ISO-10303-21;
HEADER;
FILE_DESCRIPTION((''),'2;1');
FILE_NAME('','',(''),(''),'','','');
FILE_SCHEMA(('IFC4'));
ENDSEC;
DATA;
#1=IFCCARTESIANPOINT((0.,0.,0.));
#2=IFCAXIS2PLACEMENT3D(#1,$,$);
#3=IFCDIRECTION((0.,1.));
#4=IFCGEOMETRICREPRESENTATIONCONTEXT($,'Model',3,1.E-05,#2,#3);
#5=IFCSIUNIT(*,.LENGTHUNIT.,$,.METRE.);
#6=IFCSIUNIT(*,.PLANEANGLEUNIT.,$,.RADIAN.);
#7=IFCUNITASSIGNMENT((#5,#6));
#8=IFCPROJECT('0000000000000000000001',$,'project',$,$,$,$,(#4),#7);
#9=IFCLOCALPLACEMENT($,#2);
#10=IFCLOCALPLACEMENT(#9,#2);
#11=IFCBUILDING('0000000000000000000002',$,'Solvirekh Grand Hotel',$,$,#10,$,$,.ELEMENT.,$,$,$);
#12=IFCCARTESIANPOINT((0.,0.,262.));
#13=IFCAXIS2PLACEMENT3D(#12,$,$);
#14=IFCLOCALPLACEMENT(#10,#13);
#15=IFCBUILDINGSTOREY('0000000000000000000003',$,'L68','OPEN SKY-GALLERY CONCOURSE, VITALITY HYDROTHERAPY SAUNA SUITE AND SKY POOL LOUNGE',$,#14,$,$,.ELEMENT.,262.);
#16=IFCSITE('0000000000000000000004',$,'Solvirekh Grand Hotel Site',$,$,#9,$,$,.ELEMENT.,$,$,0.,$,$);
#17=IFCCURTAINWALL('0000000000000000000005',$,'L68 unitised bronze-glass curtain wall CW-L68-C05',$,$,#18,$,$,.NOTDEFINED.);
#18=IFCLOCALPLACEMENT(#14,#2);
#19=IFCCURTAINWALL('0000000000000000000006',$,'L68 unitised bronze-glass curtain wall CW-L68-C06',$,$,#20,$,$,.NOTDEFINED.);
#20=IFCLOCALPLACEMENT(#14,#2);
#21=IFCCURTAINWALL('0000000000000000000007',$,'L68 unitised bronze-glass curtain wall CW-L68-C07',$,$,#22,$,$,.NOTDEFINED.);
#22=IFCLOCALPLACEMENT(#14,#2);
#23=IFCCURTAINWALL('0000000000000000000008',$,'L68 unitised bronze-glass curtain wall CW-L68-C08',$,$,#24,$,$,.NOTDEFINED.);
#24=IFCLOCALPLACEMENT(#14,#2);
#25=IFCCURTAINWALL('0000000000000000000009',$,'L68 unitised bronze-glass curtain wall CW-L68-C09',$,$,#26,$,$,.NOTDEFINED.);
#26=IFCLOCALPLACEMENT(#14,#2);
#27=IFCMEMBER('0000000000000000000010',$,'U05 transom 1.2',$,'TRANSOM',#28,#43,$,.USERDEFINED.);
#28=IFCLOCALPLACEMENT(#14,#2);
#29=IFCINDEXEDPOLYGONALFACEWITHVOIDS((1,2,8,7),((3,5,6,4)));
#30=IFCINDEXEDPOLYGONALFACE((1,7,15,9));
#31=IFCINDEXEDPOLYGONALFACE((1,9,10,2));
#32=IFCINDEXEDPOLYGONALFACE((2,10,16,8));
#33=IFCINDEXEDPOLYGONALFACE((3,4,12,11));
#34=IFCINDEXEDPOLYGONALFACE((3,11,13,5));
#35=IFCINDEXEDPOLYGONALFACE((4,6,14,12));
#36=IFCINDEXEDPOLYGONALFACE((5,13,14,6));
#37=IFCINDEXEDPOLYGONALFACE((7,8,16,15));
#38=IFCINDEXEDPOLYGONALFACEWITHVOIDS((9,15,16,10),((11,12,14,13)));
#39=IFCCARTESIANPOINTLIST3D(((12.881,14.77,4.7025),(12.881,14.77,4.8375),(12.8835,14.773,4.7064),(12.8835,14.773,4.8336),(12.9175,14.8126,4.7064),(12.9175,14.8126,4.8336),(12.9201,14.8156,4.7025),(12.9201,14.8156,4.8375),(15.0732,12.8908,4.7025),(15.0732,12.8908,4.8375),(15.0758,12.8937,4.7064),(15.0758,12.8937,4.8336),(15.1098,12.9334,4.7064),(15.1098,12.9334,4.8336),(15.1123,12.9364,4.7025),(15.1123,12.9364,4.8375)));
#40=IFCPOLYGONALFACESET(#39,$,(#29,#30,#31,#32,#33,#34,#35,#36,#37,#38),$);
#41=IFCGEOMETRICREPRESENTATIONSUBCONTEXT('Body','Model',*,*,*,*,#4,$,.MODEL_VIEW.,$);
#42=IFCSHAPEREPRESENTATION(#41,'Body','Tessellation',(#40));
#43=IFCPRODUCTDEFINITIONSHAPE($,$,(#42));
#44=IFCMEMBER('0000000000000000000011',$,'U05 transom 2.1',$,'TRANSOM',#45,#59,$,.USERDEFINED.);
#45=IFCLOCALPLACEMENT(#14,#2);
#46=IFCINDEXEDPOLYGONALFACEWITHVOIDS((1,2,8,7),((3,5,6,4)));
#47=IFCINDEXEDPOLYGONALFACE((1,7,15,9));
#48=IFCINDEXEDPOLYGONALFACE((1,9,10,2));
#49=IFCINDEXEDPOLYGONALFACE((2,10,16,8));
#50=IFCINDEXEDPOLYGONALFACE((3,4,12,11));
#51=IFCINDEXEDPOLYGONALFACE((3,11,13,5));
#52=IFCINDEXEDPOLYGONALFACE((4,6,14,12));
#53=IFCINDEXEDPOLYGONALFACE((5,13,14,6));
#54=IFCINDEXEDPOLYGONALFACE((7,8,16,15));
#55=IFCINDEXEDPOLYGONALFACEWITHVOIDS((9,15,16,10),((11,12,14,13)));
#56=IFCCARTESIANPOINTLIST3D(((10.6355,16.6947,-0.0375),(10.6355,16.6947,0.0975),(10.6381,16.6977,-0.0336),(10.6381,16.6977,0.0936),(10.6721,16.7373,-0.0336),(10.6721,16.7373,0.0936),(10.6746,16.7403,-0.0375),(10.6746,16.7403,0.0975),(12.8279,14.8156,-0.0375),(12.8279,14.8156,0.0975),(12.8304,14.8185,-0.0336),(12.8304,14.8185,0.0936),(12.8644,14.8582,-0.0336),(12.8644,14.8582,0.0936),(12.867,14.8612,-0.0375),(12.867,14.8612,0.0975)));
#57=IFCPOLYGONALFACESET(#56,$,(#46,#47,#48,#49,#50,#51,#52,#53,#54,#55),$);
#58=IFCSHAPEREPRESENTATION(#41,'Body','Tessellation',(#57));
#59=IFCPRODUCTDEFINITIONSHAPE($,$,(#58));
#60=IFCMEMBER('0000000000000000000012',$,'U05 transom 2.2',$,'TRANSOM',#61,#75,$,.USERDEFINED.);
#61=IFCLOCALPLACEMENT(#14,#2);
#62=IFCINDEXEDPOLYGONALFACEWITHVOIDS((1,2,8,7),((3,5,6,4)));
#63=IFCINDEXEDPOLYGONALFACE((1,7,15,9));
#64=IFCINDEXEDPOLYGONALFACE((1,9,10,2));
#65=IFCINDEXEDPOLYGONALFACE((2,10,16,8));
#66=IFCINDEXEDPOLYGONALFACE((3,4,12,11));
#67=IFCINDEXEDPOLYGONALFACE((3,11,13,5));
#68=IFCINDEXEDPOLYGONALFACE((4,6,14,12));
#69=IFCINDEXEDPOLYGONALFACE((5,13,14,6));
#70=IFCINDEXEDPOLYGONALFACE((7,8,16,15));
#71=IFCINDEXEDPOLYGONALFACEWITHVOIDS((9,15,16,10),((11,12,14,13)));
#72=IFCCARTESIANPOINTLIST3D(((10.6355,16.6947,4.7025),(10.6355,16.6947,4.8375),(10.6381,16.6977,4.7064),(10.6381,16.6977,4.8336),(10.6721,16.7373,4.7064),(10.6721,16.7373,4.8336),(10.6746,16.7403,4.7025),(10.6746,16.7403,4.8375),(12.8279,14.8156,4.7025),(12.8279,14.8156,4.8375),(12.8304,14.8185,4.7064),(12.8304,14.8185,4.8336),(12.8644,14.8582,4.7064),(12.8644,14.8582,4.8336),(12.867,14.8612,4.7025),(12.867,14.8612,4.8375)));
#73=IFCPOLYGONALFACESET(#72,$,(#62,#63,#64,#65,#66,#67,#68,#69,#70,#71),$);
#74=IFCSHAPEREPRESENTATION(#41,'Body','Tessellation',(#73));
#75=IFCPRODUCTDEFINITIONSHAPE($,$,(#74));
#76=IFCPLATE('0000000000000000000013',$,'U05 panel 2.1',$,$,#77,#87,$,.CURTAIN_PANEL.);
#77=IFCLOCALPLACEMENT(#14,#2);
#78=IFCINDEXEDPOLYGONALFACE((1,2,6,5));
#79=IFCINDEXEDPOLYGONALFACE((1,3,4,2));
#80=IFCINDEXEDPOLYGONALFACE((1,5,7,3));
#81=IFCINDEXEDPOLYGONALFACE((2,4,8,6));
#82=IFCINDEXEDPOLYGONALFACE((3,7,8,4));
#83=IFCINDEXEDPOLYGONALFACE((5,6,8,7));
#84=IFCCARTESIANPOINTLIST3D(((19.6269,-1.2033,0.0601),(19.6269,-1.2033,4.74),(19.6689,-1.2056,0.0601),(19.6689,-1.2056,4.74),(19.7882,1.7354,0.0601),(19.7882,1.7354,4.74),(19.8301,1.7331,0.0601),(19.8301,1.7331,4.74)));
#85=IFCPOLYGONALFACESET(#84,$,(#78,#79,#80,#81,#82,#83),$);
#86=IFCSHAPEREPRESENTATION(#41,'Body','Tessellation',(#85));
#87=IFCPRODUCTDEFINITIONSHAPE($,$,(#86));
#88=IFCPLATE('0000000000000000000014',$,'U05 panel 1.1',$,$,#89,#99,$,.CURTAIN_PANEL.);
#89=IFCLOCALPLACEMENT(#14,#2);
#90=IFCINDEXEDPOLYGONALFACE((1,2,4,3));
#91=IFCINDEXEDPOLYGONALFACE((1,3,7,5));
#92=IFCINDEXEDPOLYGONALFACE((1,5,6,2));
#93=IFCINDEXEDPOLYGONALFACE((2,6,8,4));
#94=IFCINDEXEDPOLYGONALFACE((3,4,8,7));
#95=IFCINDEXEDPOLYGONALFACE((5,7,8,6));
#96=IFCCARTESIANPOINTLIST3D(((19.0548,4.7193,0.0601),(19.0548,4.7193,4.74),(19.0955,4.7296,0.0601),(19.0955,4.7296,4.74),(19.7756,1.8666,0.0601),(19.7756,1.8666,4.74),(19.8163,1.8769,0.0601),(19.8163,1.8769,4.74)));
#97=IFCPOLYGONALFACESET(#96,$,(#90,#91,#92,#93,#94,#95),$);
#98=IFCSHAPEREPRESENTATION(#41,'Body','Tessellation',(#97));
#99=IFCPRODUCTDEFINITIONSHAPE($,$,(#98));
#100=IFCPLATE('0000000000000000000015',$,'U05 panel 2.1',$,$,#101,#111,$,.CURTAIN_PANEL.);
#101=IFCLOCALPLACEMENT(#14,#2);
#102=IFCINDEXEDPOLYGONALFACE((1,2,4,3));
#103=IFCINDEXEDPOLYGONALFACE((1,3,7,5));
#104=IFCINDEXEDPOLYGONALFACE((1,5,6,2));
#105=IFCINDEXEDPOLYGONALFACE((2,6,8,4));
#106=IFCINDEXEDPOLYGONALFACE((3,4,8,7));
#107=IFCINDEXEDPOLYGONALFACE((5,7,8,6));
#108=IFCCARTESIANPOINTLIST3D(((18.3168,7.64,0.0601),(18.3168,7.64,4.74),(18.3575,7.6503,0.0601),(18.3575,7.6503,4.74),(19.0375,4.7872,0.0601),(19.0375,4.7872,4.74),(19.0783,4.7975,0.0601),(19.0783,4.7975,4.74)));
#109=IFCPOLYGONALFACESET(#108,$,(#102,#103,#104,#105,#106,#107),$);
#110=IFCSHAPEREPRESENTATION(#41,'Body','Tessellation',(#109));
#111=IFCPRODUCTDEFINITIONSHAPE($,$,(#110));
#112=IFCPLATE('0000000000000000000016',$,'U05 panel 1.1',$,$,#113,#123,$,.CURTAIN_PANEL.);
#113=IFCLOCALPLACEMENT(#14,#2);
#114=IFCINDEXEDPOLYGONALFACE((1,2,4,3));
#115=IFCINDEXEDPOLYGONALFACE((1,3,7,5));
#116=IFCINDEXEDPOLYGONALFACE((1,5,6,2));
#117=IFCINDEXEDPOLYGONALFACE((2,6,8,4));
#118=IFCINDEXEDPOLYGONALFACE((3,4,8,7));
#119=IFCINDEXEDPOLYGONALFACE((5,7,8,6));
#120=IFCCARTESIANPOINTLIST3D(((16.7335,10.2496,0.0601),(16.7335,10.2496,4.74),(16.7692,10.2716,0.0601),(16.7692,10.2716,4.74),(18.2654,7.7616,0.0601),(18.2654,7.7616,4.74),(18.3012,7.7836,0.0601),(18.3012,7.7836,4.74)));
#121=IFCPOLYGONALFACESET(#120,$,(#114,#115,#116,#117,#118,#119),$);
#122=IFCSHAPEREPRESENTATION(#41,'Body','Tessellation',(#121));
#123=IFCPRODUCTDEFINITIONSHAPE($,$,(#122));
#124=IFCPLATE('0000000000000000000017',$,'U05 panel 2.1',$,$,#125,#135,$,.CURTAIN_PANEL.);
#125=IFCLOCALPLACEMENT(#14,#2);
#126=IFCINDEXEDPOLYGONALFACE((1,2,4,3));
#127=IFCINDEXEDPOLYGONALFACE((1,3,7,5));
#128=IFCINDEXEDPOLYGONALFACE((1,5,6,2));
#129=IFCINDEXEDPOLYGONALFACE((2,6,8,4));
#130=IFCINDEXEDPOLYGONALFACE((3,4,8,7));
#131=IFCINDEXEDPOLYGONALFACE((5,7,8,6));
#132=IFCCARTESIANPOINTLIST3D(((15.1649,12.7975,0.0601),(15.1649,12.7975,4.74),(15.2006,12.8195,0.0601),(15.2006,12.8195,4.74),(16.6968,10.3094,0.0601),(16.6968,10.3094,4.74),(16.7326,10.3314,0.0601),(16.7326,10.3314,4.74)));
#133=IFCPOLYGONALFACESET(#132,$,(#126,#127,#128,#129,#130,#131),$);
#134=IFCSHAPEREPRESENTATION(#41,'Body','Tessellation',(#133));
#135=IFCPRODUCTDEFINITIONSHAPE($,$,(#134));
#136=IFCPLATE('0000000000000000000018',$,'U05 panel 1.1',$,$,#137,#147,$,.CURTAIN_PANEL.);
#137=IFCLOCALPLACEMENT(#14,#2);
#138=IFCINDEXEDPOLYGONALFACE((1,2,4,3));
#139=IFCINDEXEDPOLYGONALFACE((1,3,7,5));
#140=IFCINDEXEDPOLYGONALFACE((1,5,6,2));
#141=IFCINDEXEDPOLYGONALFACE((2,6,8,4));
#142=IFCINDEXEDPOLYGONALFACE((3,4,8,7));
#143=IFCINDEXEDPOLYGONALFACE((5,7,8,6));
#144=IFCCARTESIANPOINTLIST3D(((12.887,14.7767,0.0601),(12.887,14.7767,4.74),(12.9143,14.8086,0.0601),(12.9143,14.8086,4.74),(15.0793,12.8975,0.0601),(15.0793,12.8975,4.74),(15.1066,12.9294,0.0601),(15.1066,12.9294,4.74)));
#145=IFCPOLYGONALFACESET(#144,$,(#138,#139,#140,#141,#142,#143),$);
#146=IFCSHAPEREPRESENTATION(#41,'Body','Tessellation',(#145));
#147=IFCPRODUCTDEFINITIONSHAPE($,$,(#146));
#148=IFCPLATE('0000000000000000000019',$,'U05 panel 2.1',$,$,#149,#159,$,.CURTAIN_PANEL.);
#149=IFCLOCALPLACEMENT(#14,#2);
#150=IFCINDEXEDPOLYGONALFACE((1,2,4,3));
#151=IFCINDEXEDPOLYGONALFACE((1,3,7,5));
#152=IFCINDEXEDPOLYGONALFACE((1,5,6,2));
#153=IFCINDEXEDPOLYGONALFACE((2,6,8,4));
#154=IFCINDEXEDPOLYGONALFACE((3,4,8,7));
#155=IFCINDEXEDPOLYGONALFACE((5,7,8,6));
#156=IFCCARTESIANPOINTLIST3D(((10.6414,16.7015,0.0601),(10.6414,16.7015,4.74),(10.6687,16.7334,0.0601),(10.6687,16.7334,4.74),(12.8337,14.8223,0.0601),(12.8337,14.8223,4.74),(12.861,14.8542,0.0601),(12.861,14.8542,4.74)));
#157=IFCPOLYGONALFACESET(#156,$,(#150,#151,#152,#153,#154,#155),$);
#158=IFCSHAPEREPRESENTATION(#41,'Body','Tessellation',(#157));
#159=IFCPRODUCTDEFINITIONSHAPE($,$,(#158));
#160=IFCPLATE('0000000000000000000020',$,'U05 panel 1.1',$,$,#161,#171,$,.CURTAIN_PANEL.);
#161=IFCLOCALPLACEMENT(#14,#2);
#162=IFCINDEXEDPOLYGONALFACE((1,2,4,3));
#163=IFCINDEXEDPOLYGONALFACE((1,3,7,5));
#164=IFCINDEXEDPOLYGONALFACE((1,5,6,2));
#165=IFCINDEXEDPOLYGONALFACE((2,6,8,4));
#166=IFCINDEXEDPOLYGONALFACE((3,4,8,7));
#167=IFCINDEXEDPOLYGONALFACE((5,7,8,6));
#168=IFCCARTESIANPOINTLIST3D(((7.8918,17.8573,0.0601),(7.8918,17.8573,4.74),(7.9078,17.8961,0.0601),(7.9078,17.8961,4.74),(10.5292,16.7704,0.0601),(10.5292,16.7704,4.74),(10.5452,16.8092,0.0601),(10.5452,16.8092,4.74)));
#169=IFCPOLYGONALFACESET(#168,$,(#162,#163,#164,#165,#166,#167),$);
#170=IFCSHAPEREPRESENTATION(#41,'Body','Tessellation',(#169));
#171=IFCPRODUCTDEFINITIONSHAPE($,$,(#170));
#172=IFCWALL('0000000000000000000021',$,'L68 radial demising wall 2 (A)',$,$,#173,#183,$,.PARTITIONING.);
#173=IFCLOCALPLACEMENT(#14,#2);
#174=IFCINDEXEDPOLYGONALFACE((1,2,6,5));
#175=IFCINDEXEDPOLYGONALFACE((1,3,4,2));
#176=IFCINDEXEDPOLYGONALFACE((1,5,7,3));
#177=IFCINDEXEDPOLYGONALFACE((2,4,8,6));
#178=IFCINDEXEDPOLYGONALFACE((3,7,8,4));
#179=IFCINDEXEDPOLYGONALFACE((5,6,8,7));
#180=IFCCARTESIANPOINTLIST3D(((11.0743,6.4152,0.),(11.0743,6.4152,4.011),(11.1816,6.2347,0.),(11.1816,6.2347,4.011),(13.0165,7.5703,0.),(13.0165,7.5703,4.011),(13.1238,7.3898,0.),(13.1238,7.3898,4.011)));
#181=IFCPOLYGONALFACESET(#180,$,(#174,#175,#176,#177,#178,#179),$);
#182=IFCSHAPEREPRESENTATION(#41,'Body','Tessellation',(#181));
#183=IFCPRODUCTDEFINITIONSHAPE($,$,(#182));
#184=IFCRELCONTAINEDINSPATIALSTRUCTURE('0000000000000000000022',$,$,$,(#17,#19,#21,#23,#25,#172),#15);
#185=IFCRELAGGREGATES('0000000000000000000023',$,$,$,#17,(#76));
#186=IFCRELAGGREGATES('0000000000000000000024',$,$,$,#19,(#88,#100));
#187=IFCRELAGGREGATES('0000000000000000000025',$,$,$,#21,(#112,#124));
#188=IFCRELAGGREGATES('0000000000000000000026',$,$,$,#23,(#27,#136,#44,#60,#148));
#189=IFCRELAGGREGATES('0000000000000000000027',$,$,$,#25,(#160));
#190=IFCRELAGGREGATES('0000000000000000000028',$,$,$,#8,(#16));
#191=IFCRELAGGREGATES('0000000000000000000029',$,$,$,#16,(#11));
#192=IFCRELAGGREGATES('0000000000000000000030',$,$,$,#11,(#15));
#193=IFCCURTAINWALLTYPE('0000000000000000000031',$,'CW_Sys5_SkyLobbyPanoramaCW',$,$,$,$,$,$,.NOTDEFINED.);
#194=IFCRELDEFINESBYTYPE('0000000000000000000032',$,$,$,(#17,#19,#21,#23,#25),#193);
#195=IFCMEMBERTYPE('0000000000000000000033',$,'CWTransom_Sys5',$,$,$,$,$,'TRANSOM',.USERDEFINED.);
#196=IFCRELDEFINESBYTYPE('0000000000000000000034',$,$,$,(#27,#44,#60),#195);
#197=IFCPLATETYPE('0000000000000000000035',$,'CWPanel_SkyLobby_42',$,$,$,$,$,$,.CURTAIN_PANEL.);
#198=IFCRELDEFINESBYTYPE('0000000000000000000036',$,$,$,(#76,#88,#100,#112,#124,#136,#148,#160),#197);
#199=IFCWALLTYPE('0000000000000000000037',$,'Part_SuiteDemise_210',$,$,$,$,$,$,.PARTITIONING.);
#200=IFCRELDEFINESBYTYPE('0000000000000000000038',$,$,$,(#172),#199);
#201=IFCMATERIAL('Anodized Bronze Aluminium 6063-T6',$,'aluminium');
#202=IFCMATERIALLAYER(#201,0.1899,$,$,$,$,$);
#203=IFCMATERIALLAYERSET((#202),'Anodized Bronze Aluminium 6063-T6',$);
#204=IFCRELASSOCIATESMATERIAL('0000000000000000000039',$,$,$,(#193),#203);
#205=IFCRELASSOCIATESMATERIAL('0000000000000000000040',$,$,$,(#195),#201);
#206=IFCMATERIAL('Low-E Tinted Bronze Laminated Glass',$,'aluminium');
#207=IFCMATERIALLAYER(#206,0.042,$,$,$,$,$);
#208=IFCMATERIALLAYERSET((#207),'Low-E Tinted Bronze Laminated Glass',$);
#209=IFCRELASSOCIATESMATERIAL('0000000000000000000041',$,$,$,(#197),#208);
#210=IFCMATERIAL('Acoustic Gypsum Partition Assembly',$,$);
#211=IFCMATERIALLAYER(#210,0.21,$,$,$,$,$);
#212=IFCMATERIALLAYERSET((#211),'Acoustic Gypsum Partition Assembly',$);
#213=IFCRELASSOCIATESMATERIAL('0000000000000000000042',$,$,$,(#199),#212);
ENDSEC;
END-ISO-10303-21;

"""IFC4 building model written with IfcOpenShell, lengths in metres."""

from ifc_helpers import new_model, si_unit, direction, frame, frame_2d, origin, origin_2d, place, context, subcontext, project, spatial, rectangle, hollow_rectangle, extrude, source, transform, mapped, material, layer, layer_set, material_profile, profile_set, type_object, element, aggregate, save


model = new_model("IFC4")

# Units and contexts
model_context = context("Model", 3, precision=1e-05, world=origin(), true_north=direction((0.0, 1.0)))
body_context = subcontext(model_context, "Body", "Model", "MODEL_VIEW")
ifc_project = project(units=[si_unit("LENGTHUNIT", "METRE"), si_unit("PLANEANGLEUNIT", "RADIAN")], contexts=[model_context])

# Site, building, storey
site_placement = place(None, origin())
site = spatial("IfcSite", under=ifc_project, at=site_placement, Name="Solvirekh Grand Hotel Site", CompositionType="ELEMENT", RefElevation=0.0)
building_placement = place(site_placement, origin())
building = spatial("IfcBuilding", under=site, at=building_placement, Name="Solvirekh Grand Hotel", CompositionType="ELEMENT")
storey_placement = place(building_placement, frame((0.0, 0.0, 262.0)))
storey = spatial("IfcBuildingStorey", under=building, at=storey_placement, Name="L68", Description="OPEN SKY-GALLERY CONCOURSE, VITALITY HYDROTHERAPY SAUNA SUITE AND SKY POOL LOUNGE", CompositionType="ELEMENT", Elevation=262.0)

# Curtain wall
ifc_material_1 = material(Name="Anodized Bronze Aluminium 6063-T6", Category="aluminium")
ifc_layer_1 = layer(ifc_material_1, 0.1899)
ifc_layer_set_1 = layer_set([ifc_layer_1], Name="Anodized Bronze Aluminium 6063-T6")
curtain_wall_type = type_object("IfcCurtainWallType", Name="CW_Sys5_SkyLobbyPanoramaCW", PredefinedType="NOTDEFINED", material=ifc_layer_set_1)
curtain_wall_1_placement = place(storey_placement, origin())
curtain_wall_1 = element("IfcCurtainWall", 1, at=curtain_wall_1_placement, inside=storey, type_object=curtain_wall_type, Name="L68 unitised bronze-glass curtain wall CW-L68-C05", PredefinedType="NOTDEFINED")

# Curtain walls
curtain_wall_2_placement = place(storey_placement, origin())
curtain_wall_2 = element("IfcCurtainWall", 2, at=curtain_wall_2_placement, inside=storey, type_object=curtain_wall_type, Name="L68 unitised bronze-glass curtain wall CW-L68-C06", PredefinedType="NOTDEFINED")
curtain_wall_3_placement = place(storey_placement, origin())
curtain_wall_3 = element("IfcCurtainWall", 3, at=curtain_wall_3_placement, inside=storey, type_object=curtain_wall_type, Name="L68 unitised bronze-glass curtain wall CW-L68-C07", PredefinedType="NOTDEFINED")
curtain_wall_4_placement = place(storey_placement, origin())
curtain_wall_4 = element("IfcCurtainWall", 4, at=curtain_wall_4_placement, inside=storey, type_object=curtain_wall_type, Name="L68 unitised bronze-glass curtain wall CW-L68-C08", PredefinedType="NOTDEFINED")
curtain_wall_5_placement = place(storey_placement, origin())
curtain_wall_5 = element("IfcCurtainWall", 5, at=curtain_wall_5_placement, inside=storey, type_object=curtain_wall_type, Name="L68 unitised bronze-glass curtain wall CW-L68-C09", PredefinedType="NOTDEFINED")
ifc_material_profile_1 = material_profile(ifc_material_1, hollow_rectangle(XDim=0.0601, YDim=0.135, WallThickness=0.0039, at=origin_2d()), Name="ALU RHS 135X60X4")
ifc_profile_set_1 = profile_set([ifc_material_profile_1], Name="Anodized Bronze Aluminium 6063-T6")
member_type_1 = type_object("IfcMemberType", Name="CWTransom_Sys5", ElementType="TRANSOM", PredefinedType="USERDEFINED", material=ifc_profile_set_1)

# Members
shared_shape_1 = source(origin(), body_context, "Body", "SweptSolid", [
    extrude(hollow_rectangle(XDim=0.0601, YDim=0.135, WallThickness=0.0039, at=origin_2d()), origin(), (0.0, 0.0, 1.0), 2.8875),
])
member_1_placement = place(storey_placement, frame((15.0928, 12.9136, 4.77), z_axis=(-0.759227, 0.650826, 0.0), x_axis=(-0.650826, -0.759227, 0.0)))
member_1 = element("IfcMember", 6, at=member_1_placement, type_object=member_type_1, Name="U05 transom 1.2", ObjectType="TRANSOM", PredefinedType="USERDEFINED", context=body_context, shape_type="MappedRepresentation", body=[
    mapped(shared_shape_1, transform((0.0, 0.0, 0.0), x_axis=(1.0, 0.0, 0.0), y_axis=(0.0, 1.0, 0.0), z_axis=(0.0, 0.0, 1.0), scale=1.0)),
])
member_2_placement = place(storey_placement, frame((12.8474, 14.8384, 0.03), z_axis=(-0.759263, 0.650784, 0.0), x_axis=(-0.650784, -0.759263, 0.0)))
member_2 = element("IfcMember", 7, at=member_2_placement, type_object=member_type_1, Name="U05 transom 2.1", ObjectType="TRANSOM", PredefinedType="USERDEFINED", context=body_context, shape_type="MappedRepresentation", body=[
    mapped(shared_shape_1, transform((0.0, 0.0, 0.0), x_axis=(1.0, 0.0, 0.0), y_axis=(0.0, 1.0, 0.0), z_axis=(0.0, 0.0, 1.0), scale=1.0)),
])
member_3_placement = place(storey_placement, frame((12.8474, 14.8384, 4.77), z_axis=(-0.759263, 0.650784, 0.0), x_axis=(-0.650784, -0.759263, 0.0)))
member_3 = element("IfcMember", 8, at=member_3_placement, type_object=member_type_1, Name="U05 transom 2.2", ObjectType="TRANSOM", PredefinedType="USERDEFINED", context=body_context, shape_type="MappedRepresentation", body=[
    mapped(shared_shape_1, transform((0.0, 0.0, 0.0), x_axis=(1.0, 0.0, 0.0), y_axis=(0.0, 1.0, 0.0), z_axis=(0.0, 0.0, 1.0), scale=1.0)),
])

# Plates
ifc_material_2 = material(Name="Low-E Tinted Bronze Laminated Glass", Category="aluminium")
ifc_layer_2 = layer(ifc_material_2, 0.042)
ifc_layer_set_2 = layer_set([ifc_layer_2], Name="Low-E Tinted Bronze Laminated Glass")
plate_type = type_object("IfcPlateType", Name="CWPanel_SkyLobby_42", PredefinedType="CURTAIN_PANEL", material=ifc_layer_set_2)
shared_shape_2 = source(origin(), body_context, "Body", "SweptSolid", [
    extrude(rectangle(XDim=2.9431, YDim=0.042, at=origin_2d()), origin(), (0.0, 0.0, 1.0), 4.6799),
])
plate_1_placement = place(storey_placement, frame((19.7285, 0.2649, 0.0601), z_axis=(0.0, 0.0, 1.0), x_axis=(0.054789, 0.998498, 0.0)))
plate_1 = element("IfcPlate", 9, at=plate_1_placement, type_object=plate_type, Name="U05 panel 2.1", PredefinedType="CURTAIN_PANEL", context=body_context, shape_type="MappedRepresentation", body=[
    mapped(shared_shape_2, transform((0.0, 0.0, 0.0), x_axis=(1.0, 0.0, 0.0), y_axis=(0.0, 1.0, 0.0), z_axis=(0.0, 0.0, 1.0), scale=1.0)),
])
aggregate(curtain_wall_1, [plate_1])
shared_shape_3 = source(origin(), body_context, "Body", "SweptSolid", [
    extrude(rectangle(XDim=2.9424, YDim=0.042, at=origin_2d()), origin(), (0.0, 0.0, 1.0), 4.6799),
])
plate_2_placement = place(storey_placement, frame((19.4355, 3.2981, 0.0601), z_axis=(0.0, 0.0, 1.0), x_axis=(-0.244967, 0.969531, 0.0)))
plate_2 = element("IfcPlate", 10, at=plate_2_placement, type_object=plate_type, Name="U05 panel 1.1", PredefinedType="CURTAIN_PANEL", context=body_context, shape_type="MappedRepresentation", body=[
    mapped(shared_shape_3, transform((0.0, 0.0, 0.0), x_axis=(1.0, 0.0, 0.0), y_axis=(0.0, 1.0, 0.0), z_axis=(0.0, 0.0, 1.0), scale=1.0)),
])
plate_3_placement = place(storey_placement, frame((18.6975, 6.2188, 0.0601), z_axis=(0.0, 0.0, 1.0), x_axis=(-0.244967, 0.969531, 0.0)))
plate_3 = element("IfcPlate", 11, at=plate_3_placement, type_object=plate_type, Name="U05 panel 2.1", PredefinedType="CURTAIN_PANEL", context=body_context, shape_type="MappedRepresentation", body=[
    mapped(shared_shape_3, transform((0.0, 0.0, 0.0), x_axis=(1.0, 0.0, 0.0), y_axis=(0.0, 1.0, 0.0), z_axis=(0.0, 0.0, 1.0), scale=1.0)),
])
aggregate(curtain_wall_2, [plate_2, plate_3])
shared_shape_4 = source(origin(), body_context, "Body", "SweptSolid", [
    extrude(rectangle(XDim=2.9219, YDim=0.042, at=origin_2d()), origin(), (0.0, 0.0, 1.0), 4.6799),
])
plate_4_placement = place(storey_placement, frame((17.5173, 9.0166, 0.0601), z_axis=(0.0, 0.0, 1.0), x_axis=(-0.5243, 0.851534, 0.0)))
plate_4 = element("IfcPlate", 12, at=plate_4_placement, type_object=plate_type, Name="U05 panel 1.1", PredefinedType="CURTAIN_PANEL", context=body_context, shape_type="MappedRepresentation", body=[
    mapped(shared_shape_4, transform((0.0, 0.0, 0.0), x_axis=(1.0, 0.0, 0.0), y_axis=(0.0, 1.0, 0.0), z_axis=(0.0, 0.0, 1.0), scale=1.0)),
])
plate_5_placement = place(storey_placement, frame((15.9487, 11.5645, 0.0601), z_axis=(0.0, 0.0, 1.0), x_axis=(-0.5243, 0.851534, 0.0)))
plate_5 = element("IfcPlate", 13, at=plate_5_placement, type_object=plate_type, Name="U05 panel 2.1", PredefinedType="CURTAIN_PANEL", context=body_context, shape_type="MappedRepresentation", body=[
    mapped(shared_shape_4, transform((0.0, 0.0, 0.0), x_axis=(1.0, 0.0, 0.0), y_axis=(0.0, 1.0, 0.0), z_axis=(0.0, 0.0, 1.0), scale=1.0)),
])
aggregate(curtain_wall_3, [plate_4, plate_5])
shared_shape_5 = source(origin(), body_context, "Body", "SweptSolid", [
    extrude(rectangle(XDim=2.8875, YDim=0.042, at=origin_2d()), origin(), (0.0, 0.0, 1.0), 4.6799),
])
plate_6_placement = place(storey_placement, frame((13.9968, 13.853, 0.0601), z_axis=(0.0, 0.0, 1.0), x_axis=(-0.759245, 0.650805, 0.0)))
plate_6 = element("IfcPlate", 14, at=plate_6_placement, type_object=plate_type, Name="U05 panel 1.1", PredefinedType="CURTAIN_PANEL", context=body_context, shape_type="MappedRepresentation", body=[
    mapped(shared_shape_5, transform((0.0, 0.0, 0.0), x_axis=(1.0, 0.0, 0.0), y_axis=(0.0, 1.0, 0.0), z_axis=(0.0, 0.0, 1.0), scale=1.0)),
])
plate_7_placement = place(storey_placement, frame((11.7512, 15.7778, 0.0601), z_axis=(0.0, 0.0, 1.0), x_axis=(-0.759245, 0.650805, 0.0)))
plate_7 = element("IfcPlate", 15, at=plate_7_placement, type_object=plate_type, Name="U05 panel 2.1", PredefinedType="CURTAIN_PANEL", context=body_context, shape_type="MappedRepresentation", body=[
    mapped(shared_shape_5, transform((0.0, 0.0, 0.0), x_axis=(1.0, 0.0, 0.0), y_axis=(0.0, 1.0, 0.0), z_axis=(0.0, 0.0, 1.0), scale=1.0)),
])
aggregate(curtain_wall_4, [member_1, plate_6, member_2, member_3, plate_7])
shared_shape_6 = source(origin(), body_context, "Body", "SweptSolid", [
    extrude(rectangle(XDim=2.8525, YDim=0.042, at=origin_2d()), origin(), (0.0, 0.0, 1.0), 4.6799),
])
plate_8_placement = place(storey_placement, frame((9.2185, 17.3333, 0.0601), z_axis=(0.0, 0.0, 1.0), x_axis=(-0.924556, 0.381047, 0.0)))
plate_8 = element("IfcPlate", 16, at=plate_8_placement, type_object=plate_type, Name="U05 panel 1.1", PredefinedType="CURTAIN_PANEL", context=body_context, shape_type="MappedRepresentation", body=[
    mapped(shared_shape_6, transform((0.0, 0.0, 0.0), x_axis=(1.0, 0.0, 0.0), y_axis=(0.0, 1.0, 0.0), z_axis=(0.0, 0.0, 1.0), scale=1.0)),
])
aggregate(curtain_wall_5, [plate_8])

# Wall
ifc_material_3 = material(Name="Acoustic Gypsum Partition Assembly")
ifc_layer_3 = layer(ifc_material_3, 0.21)
ifc_layer_set_3 = layer_set([ifc_layer_3], Name="Acoustic Gypsum Partition Assembly")
wall_type = type_object("IfcWallType", Name="Part_SuiteDemise_210", PredefinedType="PARTITIONING", material=ifc_layer_set_3)
wall_1_placement = place(storey_placement, frame((11.1279, 6.325, 0.0), z_axis=(0.0, 0.0, 1.0), x_axis=(0.859488, 0.511155, 0.0)))
element("IfcWall", 17, at=wall_1_placement, inside=storey, type_object=wall_type, Name="L68 radial demising wall 2 (A)", PredefinedType="PARTITIONING", context=body_context, shape_type="SweptSolid", body=[
    extrude(rectangle(XDim=2.2598, YDim=0.21, at=frame_2d((1.1299, 0.0))), origin(), (0.0, 0.0, 1.0), 4.011),
])

save(model, "model.ifc")
